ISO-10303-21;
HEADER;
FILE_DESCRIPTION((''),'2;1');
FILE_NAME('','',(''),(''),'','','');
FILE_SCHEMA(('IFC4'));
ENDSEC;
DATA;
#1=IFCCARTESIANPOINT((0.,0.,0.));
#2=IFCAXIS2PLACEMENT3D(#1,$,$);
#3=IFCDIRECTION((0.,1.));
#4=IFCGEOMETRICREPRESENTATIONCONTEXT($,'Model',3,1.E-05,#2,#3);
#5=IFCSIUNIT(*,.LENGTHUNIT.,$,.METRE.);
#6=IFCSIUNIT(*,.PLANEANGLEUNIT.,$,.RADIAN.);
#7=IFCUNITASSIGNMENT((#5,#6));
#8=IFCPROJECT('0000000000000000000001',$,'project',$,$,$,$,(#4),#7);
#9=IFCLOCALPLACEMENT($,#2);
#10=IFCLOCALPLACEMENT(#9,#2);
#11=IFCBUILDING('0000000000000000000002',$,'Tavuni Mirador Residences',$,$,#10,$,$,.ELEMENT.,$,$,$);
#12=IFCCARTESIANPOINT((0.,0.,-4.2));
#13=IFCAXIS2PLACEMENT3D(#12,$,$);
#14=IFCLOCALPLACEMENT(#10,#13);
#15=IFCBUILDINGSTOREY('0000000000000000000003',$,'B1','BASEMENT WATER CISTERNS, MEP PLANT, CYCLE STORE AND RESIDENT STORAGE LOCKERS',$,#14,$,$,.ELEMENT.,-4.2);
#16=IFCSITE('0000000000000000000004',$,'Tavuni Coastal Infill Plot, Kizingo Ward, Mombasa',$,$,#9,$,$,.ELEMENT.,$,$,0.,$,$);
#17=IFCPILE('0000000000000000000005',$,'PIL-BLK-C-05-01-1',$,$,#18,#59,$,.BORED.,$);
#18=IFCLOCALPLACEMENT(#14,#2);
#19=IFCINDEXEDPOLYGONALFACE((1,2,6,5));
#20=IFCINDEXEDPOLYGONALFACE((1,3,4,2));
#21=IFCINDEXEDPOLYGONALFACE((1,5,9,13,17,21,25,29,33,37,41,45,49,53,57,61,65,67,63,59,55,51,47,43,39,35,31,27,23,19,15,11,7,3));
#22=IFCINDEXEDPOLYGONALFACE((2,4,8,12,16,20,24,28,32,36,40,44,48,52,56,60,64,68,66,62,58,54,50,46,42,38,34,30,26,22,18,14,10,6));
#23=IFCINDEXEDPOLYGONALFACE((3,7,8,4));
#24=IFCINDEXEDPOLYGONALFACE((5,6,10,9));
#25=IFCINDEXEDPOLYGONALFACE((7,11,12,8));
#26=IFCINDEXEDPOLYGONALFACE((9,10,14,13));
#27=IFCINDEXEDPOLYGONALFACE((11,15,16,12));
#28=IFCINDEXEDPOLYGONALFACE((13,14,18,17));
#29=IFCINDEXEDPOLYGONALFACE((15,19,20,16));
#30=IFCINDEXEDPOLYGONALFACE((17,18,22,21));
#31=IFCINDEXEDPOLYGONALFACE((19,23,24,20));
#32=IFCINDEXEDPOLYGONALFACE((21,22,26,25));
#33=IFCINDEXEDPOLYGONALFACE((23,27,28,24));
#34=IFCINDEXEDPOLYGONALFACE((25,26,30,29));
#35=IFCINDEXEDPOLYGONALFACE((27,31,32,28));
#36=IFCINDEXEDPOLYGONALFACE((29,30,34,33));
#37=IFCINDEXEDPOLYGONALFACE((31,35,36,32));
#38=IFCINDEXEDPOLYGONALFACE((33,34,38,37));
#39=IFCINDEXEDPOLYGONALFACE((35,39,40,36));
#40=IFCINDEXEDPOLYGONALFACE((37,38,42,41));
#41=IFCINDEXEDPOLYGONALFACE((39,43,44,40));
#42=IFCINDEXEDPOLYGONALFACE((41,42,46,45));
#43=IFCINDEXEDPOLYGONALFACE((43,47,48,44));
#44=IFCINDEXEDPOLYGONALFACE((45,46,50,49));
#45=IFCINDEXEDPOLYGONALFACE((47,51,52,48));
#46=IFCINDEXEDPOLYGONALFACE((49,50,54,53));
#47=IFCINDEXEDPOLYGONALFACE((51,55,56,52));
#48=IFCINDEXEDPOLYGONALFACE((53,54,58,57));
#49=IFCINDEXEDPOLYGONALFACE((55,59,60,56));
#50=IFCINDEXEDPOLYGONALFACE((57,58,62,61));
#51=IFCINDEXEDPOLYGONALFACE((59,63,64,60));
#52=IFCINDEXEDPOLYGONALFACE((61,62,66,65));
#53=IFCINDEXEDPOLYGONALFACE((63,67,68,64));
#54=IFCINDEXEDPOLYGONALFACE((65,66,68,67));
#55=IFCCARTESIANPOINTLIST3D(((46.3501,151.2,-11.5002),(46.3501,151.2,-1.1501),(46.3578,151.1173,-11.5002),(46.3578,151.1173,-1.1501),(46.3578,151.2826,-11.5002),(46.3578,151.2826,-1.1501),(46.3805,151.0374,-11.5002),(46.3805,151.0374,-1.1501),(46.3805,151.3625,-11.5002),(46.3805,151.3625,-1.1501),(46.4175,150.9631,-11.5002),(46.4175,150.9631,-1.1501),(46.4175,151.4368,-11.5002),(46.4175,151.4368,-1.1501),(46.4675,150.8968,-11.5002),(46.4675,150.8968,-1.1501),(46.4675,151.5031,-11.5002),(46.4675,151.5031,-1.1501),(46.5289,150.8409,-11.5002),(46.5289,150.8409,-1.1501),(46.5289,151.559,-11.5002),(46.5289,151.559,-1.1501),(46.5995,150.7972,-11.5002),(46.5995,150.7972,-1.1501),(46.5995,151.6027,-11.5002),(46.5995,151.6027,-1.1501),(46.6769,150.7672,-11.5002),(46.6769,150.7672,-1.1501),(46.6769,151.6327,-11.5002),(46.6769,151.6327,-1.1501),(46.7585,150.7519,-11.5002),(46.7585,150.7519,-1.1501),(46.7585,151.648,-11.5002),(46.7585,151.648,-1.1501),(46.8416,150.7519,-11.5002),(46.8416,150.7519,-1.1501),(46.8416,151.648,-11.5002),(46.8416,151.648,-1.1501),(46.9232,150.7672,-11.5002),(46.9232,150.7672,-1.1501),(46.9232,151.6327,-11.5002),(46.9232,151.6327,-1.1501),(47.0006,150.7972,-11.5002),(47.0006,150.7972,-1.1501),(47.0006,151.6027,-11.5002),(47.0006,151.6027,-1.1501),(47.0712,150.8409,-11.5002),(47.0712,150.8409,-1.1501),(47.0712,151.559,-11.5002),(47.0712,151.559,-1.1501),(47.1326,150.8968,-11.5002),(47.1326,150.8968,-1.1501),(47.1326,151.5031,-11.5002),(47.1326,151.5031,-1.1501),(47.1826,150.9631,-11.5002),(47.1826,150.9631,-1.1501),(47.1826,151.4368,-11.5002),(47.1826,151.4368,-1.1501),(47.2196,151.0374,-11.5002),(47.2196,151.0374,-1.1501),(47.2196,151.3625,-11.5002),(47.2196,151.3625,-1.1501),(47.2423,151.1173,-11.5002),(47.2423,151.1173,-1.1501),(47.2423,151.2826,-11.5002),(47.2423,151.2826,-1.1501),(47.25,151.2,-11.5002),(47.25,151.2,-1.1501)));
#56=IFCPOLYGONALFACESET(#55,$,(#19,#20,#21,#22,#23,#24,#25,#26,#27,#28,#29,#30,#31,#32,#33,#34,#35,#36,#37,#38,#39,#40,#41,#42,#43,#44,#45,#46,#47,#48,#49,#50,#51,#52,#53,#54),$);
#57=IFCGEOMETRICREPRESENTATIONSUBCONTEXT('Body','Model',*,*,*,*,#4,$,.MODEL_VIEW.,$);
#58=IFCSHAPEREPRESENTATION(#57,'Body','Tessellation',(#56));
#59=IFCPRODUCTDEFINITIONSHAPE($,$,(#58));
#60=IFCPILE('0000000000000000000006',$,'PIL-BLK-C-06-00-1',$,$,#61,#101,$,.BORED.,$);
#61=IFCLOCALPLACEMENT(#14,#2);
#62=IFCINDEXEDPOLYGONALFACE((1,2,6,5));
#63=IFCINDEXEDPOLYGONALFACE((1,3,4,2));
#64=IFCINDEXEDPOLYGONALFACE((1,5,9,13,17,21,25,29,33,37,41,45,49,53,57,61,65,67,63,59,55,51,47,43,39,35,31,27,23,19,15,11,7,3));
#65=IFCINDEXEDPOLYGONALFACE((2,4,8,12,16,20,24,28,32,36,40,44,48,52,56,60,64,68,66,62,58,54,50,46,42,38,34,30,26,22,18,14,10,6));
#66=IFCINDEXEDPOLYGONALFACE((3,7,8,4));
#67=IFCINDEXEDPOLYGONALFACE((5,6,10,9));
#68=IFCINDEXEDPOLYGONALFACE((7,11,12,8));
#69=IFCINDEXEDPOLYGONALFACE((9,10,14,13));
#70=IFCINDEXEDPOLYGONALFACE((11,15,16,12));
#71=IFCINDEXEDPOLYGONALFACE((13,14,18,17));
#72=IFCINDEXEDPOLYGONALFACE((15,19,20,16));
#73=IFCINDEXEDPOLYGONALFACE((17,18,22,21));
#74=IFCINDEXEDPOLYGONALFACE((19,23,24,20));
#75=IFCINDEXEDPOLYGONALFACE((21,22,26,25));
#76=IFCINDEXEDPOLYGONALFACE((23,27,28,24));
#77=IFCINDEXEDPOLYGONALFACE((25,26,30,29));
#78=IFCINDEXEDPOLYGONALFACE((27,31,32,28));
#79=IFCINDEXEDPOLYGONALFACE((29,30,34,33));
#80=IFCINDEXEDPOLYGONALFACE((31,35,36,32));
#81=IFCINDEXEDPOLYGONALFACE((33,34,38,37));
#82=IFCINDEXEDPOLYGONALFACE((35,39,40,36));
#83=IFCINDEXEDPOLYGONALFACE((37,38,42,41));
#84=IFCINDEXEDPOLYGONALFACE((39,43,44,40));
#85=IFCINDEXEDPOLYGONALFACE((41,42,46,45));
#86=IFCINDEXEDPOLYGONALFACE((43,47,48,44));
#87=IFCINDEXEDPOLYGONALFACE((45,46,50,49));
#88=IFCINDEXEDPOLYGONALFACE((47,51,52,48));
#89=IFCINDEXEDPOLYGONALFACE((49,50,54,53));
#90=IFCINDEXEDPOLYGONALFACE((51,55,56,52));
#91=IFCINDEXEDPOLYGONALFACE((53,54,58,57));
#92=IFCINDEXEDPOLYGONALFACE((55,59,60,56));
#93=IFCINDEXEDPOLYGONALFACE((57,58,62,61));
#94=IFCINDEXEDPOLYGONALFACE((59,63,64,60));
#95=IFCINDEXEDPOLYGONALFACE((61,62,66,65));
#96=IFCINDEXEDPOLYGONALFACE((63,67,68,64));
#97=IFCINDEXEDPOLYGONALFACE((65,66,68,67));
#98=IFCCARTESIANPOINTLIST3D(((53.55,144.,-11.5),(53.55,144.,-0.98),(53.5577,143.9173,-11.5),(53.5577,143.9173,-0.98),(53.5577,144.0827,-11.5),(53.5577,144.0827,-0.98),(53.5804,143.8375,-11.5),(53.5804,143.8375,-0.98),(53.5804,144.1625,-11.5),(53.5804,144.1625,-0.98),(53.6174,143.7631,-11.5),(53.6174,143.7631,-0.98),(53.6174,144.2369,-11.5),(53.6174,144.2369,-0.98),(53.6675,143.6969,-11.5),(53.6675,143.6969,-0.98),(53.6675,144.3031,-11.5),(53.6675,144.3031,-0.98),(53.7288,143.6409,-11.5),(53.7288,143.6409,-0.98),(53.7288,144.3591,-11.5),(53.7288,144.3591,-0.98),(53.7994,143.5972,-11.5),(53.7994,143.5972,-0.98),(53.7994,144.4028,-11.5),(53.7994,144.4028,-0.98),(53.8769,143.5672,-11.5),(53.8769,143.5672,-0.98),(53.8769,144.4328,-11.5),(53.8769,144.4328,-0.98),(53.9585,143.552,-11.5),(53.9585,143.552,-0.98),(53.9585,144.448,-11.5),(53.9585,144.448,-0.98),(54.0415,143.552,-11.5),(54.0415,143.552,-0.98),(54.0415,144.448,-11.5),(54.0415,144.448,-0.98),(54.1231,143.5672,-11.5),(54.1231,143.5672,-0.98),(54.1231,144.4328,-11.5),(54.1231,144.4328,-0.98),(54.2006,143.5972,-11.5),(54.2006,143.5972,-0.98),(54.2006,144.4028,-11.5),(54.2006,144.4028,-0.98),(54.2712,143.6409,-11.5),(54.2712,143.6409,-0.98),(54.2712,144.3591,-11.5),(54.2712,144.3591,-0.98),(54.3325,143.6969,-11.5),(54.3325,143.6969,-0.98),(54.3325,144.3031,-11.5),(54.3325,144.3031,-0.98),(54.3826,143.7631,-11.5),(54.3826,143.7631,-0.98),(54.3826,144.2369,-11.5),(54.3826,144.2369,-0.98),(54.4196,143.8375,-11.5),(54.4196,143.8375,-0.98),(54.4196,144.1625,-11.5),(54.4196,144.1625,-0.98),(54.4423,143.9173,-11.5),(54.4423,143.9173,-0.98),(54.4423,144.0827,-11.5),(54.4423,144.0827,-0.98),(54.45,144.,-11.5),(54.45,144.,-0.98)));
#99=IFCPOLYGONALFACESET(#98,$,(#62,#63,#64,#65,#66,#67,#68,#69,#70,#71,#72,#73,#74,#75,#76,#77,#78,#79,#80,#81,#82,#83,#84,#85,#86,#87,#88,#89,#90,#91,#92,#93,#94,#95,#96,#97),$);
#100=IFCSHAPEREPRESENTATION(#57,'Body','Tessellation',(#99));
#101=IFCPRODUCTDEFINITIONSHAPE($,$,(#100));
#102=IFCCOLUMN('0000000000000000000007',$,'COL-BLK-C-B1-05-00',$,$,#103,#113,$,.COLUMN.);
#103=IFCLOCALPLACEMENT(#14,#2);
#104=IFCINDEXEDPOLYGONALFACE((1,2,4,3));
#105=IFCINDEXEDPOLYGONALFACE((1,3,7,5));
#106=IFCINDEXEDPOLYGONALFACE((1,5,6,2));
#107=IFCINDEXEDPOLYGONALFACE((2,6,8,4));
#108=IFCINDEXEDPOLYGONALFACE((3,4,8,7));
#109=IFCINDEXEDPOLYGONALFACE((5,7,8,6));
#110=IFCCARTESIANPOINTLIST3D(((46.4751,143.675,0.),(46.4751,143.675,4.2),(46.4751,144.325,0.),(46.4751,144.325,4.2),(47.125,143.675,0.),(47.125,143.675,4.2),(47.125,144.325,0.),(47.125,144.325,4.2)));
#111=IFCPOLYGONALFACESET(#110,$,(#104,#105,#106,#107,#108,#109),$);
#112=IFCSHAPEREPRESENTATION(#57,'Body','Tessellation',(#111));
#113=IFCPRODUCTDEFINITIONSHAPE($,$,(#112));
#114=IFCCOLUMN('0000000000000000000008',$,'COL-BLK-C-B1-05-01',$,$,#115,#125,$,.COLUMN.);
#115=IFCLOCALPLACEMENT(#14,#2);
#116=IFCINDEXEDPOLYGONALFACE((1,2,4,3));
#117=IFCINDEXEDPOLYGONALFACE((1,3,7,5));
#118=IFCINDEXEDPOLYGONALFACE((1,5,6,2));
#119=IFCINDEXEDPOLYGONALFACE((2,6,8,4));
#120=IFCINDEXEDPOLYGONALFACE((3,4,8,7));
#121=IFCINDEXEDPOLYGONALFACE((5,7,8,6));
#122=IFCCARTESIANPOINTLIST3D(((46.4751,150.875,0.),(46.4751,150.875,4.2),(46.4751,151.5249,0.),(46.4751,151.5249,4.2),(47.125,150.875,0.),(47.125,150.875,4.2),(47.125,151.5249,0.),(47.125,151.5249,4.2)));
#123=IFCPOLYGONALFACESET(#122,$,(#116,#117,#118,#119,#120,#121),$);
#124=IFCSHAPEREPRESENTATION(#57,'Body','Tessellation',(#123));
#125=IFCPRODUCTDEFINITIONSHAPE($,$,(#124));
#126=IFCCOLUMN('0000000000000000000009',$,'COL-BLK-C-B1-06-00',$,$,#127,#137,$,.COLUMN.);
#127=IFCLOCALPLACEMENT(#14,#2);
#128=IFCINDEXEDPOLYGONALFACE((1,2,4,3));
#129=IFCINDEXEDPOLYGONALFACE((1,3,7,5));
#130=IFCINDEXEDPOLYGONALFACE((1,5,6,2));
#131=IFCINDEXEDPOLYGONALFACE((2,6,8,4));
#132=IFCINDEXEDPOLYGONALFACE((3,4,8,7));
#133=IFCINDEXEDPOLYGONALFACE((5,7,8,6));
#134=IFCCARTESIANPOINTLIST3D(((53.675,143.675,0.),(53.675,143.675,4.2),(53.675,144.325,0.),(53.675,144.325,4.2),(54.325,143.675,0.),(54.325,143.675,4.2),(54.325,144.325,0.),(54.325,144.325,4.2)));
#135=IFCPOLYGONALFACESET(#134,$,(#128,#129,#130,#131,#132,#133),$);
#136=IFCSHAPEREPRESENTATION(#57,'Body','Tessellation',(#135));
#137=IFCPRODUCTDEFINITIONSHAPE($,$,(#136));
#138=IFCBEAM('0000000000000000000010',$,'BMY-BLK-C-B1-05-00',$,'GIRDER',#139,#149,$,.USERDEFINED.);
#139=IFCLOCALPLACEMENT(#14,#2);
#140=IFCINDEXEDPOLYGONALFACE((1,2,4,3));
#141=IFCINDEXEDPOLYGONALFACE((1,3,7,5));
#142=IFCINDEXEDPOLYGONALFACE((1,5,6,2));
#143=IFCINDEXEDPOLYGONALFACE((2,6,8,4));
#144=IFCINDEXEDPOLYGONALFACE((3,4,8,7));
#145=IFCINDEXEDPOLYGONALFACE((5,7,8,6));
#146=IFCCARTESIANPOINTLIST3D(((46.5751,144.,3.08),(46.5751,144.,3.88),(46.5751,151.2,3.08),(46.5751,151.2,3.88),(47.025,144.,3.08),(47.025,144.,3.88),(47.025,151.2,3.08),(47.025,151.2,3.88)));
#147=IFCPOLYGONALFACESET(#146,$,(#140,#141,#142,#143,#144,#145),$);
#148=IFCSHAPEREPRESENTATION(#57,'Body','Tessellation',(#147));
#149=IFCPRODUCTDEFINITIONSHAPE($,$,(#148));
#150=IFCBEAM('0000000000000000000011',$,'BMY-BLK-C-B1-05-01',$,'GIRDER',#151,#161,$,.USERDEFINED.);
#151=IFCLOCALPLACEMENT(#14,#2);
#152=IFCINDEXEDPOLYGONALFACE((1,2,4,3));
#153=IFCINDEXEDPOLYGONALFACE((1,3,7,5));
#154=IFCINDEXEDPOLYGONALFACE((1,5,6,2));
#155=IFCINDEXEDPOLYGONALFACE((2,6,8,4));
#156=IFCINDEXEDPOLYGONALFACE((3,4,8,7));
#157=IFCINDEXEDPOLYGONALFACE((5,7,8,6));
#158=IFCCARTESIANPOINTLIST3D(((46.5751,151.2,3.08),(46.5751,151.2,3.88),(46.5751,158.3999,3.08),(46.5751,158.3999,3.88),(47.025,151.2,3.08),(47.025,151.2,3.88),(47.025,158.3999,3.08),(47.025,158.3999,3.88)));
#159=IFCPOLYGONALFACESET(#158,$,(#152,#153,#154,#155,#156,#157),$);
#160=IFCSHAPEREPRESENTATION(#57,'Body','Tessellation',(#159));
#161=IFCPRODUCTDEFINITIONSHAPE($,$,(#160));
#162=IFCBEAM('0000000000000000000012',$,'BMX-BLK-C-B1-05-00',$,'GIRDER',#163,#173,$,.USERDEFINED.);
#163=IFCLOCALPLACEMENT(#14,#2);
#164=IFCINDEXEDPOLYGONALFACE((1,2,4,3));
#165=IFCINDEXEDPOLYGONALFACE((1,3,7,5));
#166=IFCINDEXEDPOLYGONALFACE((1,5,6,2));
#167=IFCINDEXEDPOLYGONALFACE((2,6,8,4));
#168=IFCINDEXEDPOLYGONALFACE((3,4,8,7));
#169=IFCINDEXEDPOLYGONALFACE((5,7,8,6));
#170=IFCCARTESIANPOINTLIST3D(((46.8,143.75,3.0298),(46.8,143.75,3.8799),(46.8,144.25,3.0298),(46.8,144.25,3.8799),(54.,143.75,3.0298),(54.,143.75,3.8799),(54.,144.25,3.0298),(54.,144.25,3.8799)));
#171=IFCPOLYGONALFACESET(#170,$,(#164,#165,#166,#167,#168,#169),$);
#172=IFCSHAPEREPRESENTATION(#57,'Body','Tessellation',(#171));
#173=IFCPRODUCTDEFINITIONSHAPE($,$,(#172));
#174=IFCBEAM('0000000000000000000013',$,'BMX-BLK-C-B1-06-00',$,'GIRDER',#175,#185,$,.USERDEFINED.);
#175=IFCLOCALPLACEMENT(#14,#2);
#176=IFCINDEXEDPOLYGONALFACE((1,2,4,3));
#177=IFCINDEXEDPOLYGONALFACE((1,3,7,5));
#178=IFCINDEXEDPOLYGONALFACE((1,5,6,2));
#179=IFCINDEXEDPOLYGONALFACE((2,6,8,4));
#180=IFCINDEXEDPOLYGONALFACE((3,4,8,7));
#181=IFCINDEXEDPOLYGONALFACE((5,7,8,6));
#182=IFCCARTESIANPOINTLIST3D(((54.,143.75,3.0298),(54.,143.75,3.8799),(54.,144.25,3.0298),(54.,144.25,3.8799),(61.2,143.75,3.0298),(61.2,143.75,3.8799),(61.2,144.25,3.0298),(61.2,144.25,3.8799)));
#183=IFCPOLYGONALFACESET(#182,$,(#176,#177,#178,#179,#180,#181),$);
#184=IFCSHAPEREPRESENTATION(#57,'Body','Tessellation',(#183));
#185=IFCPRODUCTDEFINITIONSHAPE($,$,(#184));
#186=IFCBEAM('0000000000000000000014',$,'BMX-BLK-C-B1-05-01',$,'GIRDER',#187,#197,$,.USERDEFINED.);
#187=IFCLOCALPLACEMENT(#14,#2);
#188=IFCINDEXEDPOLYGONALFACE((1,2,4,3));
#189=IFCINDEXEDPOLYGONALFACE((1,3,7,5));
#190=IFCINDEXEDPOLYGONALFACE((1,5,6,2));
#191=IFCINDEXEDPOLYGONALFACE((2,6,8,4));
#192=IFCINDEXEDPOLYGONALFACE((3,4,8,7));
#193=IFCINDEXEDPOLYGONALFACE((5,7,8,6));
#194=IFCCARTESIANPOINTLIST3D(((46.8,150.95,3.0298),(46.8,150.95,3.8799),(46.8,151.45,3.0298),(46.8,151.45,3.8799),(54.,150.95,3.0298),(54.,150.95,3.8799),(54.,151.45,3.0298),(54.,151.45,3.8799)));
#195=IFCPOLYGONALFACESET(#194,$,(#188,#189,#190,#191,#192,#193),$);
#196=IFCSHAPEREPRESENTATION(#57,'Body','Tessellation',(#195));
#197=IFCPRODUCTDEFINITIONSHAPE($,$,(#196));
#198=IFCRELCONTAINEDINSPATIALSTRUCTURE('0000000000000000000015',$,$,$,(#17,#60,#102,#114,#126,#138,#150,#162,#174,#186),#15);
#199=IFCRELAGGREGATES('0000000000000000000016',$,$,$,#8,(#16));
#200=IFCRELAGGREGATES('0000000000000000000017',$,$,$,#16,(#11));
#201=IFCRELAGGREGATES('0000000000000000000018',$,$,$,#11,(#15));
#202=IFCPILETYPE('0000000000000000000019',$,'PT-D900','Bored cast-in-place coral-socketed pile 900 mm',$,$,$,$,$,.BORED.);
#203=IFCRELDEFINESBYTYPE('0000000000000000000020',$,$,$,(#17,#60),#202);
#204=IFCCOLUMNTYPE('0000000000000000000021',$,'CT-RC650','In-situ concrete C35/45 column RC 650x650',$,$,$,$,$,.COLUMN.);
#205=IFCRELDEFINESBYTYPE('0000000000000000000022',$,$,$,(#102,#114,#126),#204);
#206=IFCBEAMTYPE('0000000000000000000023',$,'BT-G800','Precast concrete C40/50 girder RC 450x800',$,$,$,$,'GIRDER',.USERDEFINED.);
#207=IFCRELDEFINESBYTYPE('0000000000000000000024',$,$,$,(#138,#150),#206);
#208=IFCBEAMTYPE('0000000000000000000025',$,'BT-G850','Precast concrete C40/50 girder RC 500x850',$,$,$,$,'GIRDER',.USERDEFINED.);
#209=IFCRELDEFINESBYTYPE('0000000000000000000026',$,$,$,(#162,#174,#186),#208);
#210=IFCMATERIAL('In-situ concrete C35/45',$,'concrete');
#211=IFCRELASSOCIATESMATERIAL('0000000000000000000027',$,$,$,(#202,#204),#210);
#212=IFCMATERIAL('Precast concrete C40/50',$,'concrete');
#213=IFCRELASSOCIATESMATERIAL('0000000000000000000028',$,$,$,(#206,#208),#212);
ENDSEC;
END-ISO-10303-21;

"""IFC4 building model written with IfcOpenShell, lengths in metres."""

from ifc_helpers import new_model, si_unit, direction, frame, origin, origin_2d, place, context, subcontext, project, spatial, rectangle, circle, extrude, material, material_profile, profile_set, type_object, element, save


model = new_model("IFC4")

# Units and contexts
model_context = context("Model", 3, precision=1e-05, world=origin(), true_north=direction((0.0, 1.0)))
body_context = subcontext(model_context, "Body", "Model", "MODEL_VIEW")
ifc_project = project(units=[si_unit("LENGTHUNIT", "METRE"), si_unit("PLANEANGLEUNIT", "RADIAN")], contexts=[model_context])

# Site, building, storey
site_placement = place(None, origin())
site = spatial("IfcSite", under=ifc_project, at=site_placement, Name="Tavuni Coastal Infill Plot, Kizingo Ward, Mombasa", CompositionType="ELEMENT", RefElevation=0.0)
building_placement = place(site_placement, origin())
building = spatial("IfcBuilding", under=site, at=building_placement, Name="Tavuni Mirador Residences", CompositionType="ELEMENT")
storey_placement = place(building_placement, frame((0.0, 0.0, -4.2)))
storey = spatial("IfcBuildingStorey", under=building, at=storey_placement, Name="B1", Description="BASEMENT WATER CISTERNS, MEP PLANT, CYCLE STORE AND RESIDENT STORAGE LOCKERS", CompositionType="ELEMENT", Elevation=-4.2)

# Shared definitions
ifc_material_1 = material(Name="In-situ concrete C35/45", Category="concrete")

# Piles
ifc_material_profile_1 = material_profile(ifc_material_1, circle(Radius=0.45, at=origin_2d()), Name="PILE D900", Category="concrete")
ifc_profile_set_1 = profile_set([ifc_material_profile_1], Name="In-situ concrete C35/45")
pile_type_1 = type_object("IfcPileType", Name="PT-D900", Description="Bored cast-in-place coral-socketed pile 900 mm", PredefinedType="BORED", material=ifc_profile_set_1)
pile_1_placement = place(storey_placement, frame((46.8, 151.2, -1.1501), z_axis=(0.0, 0.0, -1.0), x_axis=(1.0, 0.0, 0.0)))
element("IfcPile", 1, at=pile_1_placement, inside=storey, type_object=pile_type_1, Name="PIL-BLK-C-05-01-1", PredefinedType="BORED", context=body_context, shape_type="SweptSolid", body=[
    extrude(circle(Radius=0.45, at=origin_2d()), origin(), (0.0, 0.0, 1.0), 10.3501),
])
pile_2_placement = place(storey_placement, frame((54.0, 144.0, -0.98), z_axis=(0.0, 0.0, -1.0), x_axis=(1.0, 0.0, 0.0)))
element("IfcPile", 2, at=pile_2_placement, inside=storey, type_object=pile_type_1, Name="PIL-BLK-C-06-00-1", PredefinedType="BORED", context=body_context, shape_type="SweptSolid", body=[
    extrude(circle(Radius=0.45, at=origin_2d()), origin(), (0.0, 0.0, 1.0), 10.52),
])

# Columns
ifc_material_profile_2 = material_profile(ifc_material_1, rectangle(XDim=0.6499, YDim=0.6499, at=origin_2d()), Name="RC 650x650", Category="concrete")
ifc_profile_set_2 = profile_set([ifc_material_profile_2], Name="In-situ concrete C35/45")
column_type = type_object("IfcColumnType", Name="CT-RC650", Description="In-situ concrete C35/45 column RC 650x650", PredefinedType="COLUMN", material=ifc_profile_set_2)
for number, where, z_axis, x_axis, name in (
    (3, (46.8, 144.0, 0.0), (0.0, 0.0, 1.0), (1.0, 0.0, 0.0), "COL-BLK-C-B1-05-00"),
    (4, (46.8, 151.2, 0.0), (0.0, 0.0, 1.0), (1.0, 0.0, 0.0), "COL-BLK-C-B1-05-01"),
    (5, (54.0, 144.0, 0.0), (0.0, 0.0, 1.0), (1.0, 0.0, 0.0), "COL-BLK-C-B1-06-00"),
):
    element("IfcColumn", number, at=place(storey_placement, frame(where, z_axis=z_axis, x_axis=x_axis)), inside=storey, type_object=column_type, Name=name, PredefinedType="COLUMN", context=body_context, shape_type="SweptSolid", body=[
        extrude(rectangle(XDim=0.6499, YDim=0.6499, at=origin_2d()), origin(), (0.0, 0.0, 1.0), 4.2),
    ])

# Beams
ifc_material_2 = material(Name="Precast concrete C40/50", Category="concrete")
ifc_material_profile_3 = material_profile(ifc_material_2, rectangle(XDim=0.45, YDim=0.8, at=origin_2d()), Name="RC 450x800", Category="concrete")
ifc_profile_set_3 = profile_set([ifc_material_profile_3], Name="Precast concrete C40/50")
beam_type_1 = type_object("IfcBeamType", Name="BT-G800", Description="Precast concrete C40/50 girder RC 450x800", ElementType="GIRDER", PredefinedType="USERDEFINED", material=ifc_profile_set_3)
for number, where, z_axis, x_axis, name in (
    (6, (46.8, 144.0, 3.48), (0.0, 1.0, 0.0), (-1.0, 0.0, 0.0), "BMY-BLK-C-B1-05-00"),
    (7, (46.8, 151.2, 3.48), (0.0, 1.0, 0.0), (-1.0, 0.0, 0.0), "BMY-BLK-C-B1-05-01"),
):
    element("IfcBeam", number, at=place(storey_placement, frame(where, z_axis=z_axis, x_axis=x_axis)), inside=storey, type_object=beam_type_1, Name=name, ObjectType="GIRDER", PredefinedType="USERDEFINED", context=body_context, shape_type="SweptSolid", body=[
        extrude(rectangle(XDim=0.45, YDim=0.8, at=origin_2d()), origin(), (0.0, 0.0, 1.0), 7.2),
    ])
ifc_material_profile_4 = material_profile(ifc_material_2, rectangle(XDim=0.5, YDim=0.8501, at=origin_2d()), Name="RC 500x850", Category="concrete")
ifc_profile_set_4 = profile_set([ifc_material_profile_4], Name="Precast concrete C40/50")
beam_type_2 = type_object("IfcBeamType", Name="BT-G850", Description="Precast concrete C40/50 girder RC 500x850", ElementType="GIRDER", PredefinedType="USERDEFINED", material=ifc_profile_set_4)
for number, where, z_axis, x_axis, name in (
    (8, (46.8, 144.0, 3.4548), (1.0, 0.0, 0.0), (0.0, 1.0, 0.0), "BMX-BLK-C-B1-05-00"),
    (9, (54.0, 144.0, 3.4548), (1.0, 0.0, 0.0), (0.0, 1.0, 0.0), "BMX-BLK-C-B1-06-00"),
    (10, (46.8, 151.2, 3.4548), (1.0, 0.0, 0.0), (0.0, 1.0, 0.0), "BMX-BLK-C-B1-05-01"),
):
    element("IfcBeam", number, at=place(storey_placement, frame(where, z_axis=z_axis, x_axis=x_axis)), inside=storey, type_object=beam_type_2, Name=name, ObjectType="GIRDER", PredefinedType="USERDEFINED", context=body_context, shape_type="SweptSolid", body=[
        extrude(rectangle(XDim=0.5, YDim=0.8501, at=origin_2d()), origin(), (0.0, 0.0, 1.0), 7.2),
    ])

save(model, "model.ifc")
